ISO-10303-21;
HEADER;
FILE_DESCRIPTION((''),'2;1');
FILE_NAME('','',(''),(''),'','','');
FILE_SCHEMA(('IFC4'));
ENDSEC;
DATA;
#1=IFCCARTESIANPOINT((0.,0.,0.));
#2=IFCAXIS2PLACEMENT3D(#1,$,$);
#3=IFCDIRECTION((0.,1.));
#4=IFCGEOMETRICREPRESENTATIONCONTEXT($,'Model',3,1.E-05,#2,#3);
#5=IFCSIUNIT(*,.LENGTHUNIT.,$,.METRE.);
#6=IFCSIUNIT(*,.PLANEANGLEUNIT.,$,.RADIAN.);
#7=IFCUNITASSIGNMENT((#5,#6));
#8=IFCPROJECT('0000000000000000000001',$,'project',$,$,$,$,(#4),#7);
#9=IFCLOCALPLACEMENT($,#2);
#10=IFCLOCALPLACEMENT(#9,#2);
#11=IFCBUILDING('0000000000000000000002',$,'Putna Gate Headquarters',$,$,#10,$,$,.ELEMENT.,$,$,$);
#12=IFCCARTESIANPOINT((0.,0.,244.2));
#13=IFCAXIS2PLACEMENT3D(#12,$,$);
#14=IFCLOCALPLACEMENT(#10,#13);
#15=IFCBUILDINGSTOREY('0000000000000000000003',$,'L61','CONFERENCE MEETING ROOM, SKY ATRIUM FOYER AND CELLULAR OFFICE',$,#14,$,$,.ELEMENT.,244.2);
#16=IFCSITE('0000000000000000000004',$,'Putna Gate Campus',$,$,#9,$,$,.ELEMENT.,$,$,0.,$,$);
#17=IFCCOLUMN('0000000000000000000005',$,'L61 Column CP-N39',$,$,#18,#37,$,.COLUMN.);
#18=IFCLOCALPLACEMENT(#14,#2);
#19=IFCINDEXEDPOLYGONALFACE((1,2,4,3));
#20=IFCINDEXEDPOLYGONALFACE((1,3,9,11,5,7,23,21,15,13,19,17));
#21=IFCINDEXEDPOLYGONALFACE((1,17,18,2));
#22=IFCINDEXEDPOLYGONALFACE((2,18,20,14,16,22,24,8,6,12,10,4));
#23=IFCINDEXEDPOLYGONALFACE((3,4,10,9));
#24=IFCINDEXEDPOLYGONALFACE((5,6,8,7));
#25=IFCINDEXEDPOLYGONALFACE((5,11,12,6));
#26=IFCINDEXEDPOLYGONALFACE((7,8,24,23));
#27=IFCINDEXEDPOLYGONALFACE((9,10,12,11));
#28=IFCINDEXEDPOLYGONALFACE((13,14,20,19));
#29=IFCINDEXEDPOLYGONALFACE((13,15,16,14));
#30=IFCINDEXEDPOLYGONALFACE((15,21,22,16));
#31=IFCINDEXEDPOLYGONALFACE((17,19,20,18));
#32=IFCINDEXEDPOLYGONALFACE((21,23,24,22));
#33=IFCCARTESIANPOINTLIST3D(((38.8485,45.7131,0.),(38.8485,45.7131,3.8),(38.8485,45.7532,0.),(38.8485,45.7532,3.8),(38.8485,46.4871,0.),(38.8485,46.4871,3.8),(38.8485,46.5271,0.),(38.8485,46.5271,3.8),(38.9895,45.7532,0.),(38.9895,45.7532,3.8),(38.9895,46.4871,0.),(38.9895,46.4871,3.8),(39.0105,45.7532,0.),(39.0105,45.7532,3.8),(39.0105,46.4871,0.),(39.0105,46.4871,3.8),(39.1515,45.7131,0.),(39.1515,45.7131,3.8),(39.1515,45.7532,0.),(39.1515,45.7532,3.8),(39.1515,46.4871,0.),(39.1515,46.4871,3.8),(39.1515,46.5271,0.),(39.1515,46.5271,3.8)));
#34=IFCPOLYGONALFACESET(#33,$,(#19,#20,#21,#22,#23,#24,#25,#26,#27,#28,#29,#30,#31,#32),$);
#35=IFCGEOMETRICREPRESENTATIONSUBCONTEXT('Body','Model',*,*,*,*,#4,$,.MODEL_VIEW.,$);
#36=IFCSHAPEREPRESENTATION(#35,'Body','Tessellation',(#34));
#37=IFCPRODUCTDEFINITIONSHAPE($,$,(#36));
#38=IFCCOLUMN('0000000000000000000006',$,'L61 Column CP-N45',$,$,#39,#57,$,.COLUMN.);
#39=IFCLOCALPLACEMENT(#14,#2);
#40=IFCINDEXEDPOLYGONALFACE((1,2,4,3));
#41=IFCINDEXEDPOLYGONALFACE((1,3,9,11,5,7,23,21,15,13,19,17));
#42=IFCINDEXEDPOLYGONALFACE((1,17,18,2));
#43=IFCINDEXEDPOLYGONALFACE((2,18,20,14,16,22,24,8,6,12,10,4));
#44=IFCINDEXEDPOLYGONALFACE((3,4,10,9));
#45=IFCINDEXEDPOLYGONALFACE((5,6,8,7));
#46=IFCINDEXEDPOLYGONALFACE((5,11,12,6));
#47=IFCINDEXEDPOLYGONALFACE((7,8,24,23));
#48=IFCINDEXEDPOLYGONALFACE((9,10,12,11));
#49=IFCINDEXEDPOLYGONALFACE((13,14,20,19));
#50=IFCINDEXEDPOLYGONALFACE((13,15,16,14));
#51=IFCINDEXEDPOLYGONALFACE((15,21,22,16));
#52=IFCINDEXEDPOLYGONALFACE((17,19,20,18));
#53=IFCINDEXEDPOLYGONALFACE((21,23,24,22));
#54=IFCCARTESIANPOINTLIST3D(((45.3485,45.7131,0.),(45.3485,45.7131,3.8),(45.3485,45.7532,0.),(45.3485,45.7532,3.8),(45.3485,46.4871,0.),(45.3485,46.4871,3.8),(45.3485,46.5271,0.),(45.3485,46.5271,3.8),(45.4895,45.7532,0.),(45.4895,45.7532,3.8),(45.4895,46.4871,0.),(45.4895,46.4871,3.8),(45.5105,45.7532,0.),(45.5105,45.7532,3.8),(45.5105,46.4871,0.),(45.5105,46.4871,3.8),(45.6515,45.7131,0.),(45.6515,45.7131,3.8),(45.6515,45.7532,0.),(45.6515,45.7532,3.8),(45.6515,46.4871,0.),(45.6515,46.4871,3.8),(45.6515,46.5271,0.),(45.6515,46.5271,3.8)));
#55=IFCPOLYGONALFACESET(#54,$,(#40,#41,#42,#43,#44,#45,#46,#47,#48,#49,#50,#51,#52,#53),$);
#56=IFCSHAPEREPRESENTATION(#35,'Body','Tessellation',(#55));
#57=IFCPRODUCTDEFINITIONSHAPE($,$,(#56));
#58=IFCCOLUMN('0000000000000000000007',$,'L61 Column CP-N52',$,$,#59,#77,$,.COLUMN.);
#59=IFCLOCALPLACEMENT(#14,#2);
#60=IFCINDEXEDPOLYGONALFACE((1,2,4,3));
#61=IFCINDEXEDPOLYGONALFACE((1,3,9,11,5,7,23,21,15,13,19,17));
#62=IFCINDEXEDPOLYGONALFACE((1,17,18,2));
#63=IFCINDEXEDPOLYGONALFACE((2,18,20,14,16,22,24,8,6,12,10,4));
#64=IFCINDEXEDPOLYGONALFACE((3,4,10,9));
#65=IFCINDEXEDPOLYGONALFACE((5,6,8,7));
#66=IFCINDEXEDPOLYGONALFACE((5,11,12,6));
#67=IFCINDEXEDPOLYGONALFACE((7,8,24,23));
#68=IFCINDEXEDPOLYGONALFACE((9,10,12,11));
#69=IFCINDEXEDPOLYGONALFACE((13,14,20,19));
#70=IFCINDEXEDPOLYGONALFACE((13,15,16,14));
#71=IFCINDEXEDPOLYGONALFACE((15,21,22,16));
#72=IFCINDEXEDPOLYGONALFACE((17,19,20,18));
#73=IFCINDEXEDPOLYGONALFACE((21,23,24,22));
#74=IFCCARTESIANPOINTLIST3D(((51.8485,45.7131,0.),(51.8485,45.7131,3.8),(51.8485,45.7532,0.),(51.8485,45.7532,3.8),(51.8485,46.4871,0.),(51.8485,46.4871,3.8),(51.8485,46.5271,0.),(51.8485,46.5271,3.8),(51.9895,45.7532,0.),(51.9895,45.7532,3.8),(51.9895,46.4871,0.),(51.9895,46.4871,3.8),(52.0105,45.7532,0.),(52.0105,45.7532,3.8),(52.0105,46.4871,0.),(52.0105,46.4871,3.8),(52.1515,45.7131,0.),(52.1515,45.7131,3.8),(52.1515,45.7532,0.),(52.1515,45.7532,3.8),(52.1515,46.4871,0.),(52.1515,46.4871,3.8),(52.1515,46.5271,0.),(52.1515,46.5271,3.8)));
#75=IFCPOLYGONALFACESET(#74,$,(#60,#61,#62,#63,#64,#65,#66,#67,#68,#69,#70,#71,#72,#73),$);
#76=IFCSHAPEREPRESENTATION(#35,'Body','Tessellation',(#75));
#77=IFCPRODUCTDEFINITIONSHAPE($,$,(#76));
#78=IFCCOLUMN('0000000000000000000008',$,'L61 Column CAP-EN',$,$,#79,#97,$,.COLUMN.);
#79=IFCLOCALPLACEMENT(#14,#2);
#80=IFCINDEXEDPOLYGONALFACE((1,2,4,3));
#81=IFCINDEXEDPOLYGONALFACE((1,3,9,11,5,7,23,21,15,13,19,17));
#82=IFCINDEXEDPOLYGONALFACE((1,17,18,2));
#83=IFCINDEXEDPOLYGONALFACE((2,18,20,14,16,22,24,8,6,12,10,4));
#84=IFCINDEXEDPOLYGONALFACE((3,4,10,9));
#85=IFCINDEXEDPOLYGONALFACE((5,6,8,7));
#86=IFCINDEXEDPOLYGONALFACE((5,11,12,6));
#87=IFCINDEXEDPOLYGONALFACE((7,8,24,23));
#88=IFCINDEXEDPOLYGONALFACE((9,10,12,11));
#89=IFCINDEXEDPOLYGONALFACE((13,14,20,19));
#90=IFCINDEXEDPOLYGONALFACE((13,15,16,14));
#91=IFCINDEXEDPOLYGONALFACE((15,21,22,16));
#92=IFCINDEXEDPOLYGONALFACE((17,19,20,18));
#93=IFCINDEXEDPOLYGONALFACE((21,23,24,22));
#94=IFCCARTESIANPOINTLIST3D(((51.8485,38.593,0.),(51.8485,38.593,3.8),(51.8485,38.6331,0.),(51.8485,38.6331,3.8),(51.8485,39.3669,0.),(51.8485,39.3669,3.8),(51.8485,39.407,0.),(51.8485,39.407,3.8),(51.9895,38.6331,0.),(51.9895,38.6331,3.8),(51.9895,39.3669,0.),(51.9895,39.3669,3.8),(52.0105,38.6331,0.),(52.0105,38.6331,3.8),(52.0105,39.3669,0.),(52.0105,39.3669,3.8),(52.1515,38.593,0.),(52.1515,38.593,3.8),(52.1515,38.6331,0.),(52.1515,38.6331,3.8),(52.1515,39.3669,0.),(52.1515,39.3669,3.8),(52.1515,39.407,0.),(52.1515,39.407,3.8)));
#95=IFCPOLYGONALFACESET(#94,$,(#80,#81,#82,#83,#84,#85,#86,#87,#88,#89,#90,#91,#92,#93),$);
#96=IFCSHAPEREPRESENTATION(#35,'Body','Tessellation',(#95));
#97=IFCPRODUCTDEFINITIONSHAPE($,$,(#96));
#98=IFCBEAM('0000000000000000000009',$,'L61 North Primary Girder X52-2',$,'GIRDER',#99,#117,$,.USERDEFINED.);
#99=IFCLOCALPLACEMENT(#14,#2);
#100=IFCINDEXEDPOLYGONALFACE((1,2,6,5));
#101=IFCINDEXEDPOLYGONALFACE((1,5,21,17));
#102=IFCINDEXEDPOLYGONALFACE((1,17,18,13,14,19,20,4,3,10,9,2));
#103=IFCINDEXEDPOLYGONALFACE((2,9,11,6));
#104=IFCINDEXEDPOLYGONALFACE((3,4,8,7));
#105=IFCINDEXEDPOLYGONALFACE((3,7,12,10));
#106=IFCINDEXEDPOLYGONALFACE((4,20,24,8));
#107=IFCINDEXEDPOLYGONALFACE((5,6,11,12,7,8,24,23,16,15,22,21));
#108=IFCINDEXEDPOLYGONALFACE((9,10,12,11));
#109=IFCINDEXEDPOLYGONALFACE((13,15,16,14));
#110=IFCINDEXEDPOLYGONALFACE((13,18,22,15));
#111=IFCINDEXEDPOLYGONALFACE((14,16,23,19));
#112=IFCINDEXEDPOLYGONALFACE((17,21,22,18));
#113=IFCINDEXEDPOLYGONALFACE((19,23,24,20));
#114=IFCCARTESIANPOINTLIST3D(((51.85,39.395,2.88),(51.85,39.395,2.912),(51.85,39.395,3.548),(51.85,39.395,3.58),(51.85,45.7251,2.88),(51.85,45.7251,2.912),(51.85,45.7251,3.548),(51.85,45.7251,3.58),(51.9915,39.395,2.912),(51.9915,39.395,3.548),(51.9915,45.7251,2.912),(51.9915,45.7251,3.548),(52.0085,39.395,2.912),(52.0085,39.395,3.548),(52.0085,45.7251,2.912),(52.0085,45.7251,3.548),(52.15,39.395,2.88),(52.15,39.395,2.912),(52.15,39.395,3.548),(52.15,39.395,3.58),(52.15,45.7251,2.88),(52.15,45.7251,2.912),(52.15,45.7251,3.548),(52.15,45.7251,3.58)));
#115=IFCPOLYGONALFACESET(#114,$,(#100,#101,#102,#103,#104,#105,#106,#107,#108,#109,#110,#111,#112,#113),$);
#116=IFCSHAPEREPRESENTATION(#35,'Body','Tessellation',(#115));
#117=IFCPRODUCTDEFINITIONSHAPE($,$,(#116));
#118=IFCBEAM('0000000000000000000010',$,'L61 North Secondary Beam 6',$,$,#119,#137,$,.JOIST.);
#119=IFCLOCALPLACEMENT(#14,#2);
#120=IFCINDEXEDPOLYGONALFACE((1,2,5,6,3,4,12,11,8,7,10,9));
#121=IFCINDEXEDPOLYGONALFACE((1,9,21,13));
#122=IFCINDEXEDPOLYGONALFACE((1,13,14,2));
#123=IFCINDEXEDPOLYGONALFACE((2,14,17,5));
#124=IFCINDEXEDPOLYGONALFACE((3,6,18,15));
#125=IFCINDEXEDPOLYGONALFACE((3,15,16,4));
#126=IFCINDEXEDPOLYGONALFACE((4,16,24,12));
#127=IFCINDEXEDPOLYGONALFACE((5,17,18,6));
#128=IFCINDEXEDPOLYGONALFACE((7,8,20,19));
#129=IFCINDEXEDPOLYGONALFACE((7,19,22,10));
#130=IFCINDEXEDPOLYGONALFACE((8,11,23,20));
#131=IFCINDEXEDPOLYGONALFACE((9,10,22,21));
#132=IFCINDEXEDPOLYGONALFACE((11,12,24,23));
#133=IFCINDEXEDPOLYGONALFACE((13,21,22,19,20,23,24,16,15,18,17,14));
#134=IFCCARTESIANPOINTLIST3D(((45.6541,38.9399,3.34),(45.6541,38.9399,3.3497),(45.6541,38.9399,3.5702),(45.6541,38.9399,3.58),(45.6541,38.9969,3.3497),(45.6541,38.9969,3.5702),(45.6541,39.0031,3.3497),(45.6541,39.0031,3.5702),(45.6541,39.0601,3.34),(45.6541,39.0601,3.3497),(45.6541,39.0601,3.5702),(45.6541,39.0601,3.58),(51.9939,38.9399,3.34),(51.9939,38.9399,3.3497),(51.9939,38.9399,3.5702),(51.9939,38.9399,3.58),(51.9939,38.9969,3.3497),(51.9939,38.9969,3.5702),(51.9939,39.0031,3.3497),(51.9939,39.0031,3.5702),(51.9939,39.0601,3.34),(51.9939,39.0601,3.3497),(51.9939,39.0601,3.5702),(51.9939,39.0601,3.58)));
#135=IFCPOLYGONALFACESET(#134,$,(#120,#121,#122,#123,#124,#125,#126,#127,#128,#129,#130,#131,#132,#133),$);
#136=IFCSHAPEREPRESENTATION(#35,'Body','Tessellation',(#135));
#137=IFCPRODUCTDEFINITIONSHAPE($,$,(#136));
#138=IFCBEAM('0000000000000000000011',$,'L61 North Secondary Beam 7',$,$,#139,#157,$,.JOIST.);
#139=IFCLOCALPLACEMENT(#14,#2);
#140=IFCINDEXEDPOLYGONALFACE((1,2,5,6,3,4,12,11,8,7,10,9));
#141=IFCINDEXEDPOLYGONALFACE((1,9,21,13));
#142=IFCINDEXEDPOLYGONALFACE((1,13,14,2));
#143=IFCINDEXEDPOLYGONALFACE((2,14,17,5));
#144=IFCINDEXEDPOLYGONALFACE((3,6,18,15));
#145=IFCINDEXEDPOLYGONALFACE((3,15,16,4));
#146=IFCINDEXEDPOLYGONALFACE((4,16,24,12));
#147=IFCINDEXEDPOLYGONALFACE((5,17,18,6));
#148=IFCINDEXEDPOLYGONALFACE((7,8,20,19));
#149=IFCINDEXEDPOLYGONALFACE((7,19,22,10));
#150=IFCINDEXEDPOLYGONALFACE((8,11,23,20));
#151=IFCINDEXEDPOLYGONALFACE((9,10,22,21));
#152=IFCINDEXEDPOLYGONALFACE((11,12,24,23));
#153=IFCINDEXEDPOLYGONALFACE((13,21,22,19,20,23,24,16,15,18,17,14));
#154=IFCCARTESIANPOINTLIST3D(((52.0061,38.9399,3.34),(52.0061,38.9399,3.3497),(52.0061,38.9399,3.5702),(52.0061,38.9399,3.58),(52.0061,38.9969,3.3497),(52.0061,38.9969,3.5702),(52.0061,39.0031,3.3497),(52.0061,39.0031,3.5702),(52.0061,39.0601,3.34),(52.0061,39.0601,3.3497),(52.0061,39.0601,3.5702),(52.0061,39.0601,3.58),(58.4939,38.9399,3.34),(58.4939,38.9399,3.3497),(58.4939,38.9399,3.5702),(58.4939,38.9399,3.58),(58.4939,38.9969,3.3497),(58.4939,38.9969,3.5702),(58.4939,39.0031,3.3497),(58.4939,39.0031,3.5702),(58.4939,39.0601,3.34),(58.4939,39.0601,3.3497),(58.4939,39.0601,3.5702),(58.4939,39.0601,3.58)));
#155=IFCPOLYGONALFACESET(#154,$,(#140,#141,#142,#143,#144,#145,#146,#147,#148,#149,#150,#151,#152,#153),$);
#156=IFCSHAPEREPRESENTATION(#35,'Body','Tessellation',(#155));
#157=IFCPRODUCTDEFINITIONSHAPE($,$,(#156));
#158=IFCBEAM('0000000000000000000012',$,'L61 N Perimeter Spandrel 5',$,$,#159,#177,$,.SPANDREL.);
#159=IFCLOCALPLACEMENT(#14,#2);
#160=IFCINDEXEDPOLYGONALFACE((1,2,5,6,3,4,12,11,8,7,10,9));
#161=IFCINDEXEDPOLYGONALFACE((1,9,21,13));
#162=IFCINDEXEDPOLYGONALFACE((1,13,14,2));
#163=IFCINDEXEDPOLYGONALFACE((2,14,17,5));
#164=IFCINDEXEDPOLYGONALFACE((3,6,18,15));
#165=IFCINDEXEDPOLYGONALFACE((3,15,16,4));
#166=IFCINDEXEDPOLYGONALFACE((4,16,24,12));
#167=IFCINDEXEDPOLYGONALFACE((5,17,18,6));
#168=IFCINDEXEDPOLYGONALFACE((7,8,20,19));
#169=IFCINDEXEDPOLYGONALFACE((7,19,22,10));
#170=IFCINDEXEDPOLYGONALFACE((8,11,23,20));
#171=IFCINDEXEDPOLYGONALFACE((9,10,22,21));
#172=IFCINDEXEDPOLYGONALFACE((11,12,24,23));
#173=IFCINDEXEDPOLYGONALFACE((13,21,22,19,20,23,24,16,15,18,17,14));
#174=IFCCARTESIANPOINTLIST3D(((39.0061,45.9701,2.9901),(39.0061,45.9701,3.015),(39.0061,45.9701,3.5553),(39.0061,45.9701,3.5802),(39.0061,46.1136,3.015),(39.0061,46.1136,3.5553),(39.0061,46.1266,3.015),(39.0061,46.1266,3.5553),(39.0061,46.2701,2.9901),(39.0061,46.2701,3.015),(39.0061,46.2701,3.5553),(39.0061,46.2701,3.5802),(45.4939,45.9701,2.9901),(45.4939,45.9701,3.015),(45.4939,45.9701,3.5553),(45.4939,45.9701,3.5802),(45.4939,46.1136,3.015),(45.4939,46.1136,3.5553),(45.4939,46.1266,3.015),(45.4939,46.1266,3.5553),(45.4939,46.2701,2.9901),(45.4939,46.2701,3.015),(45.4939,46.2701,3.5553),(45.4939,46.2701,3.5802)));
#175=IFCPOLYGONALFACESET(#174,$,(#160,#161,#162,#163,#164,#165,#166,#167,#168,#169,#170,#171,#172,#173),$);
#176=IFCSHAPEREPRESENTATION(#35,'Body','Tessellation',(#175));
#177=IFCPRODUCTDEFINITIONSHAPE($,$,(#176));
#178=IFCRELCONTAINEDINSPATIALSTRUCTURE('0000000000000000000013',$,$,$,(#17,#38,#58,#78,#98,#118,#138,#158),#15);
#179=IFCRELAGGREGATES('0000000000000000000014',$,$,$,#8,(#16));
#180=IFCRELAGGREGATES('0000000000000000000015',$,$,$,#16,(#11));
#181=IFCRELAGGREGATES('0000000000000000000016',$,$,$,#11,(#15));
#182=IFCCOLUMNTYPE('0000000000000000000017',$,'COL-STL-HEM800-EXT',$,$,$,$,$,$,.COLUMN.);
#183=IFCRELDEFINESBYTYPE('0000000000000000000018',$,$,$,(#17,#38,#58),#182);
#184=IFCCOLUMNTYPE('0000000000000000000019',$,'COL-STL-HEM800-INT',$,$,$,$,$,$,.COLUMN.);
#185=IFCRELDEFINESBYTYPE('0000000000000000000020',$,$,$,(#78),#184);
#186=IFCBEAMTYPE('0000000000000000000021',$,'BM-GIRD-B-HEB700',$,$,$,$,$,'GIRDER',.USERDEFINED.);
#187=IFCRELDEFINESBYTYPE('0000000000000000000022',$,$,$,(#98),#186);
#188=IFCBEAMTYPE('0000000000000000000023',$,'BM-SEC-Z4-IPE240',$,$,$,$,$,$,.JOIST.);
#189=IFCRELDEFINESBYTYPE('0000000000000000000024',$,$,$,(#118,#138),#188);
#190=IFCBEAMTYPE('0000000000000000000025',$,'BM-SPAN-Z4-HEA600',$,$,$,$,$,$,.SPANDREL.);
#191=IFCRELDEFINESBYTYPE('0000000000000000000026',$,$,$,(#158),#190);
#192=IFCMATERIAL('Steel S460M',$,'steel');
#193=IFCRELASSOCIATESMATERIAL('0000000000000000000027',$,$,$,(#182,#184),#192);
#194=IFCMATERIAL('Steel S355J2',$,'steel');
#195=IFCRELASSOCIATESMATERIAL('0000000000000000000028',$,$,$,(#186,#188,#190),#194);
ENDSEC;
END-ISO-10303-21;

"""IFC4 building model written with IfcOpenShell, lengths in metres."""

from ifc_helpers import new_model, si_unit, direction, frame, origin, origin_2d, place, context, subcontext, project, spatial, i_section, extrude, material, material_profile, profile_set, type_object, element, save


model = new_model("IFC4")

# Units and contexts
model_context = context("Model", 3, precision=1e-05, world=origin(), true_north=direction((0.0, 1.0)))
body_context = subcontext(model_context, "Body", "Model", "MODEL_VIEW")
ifc_project = project(units=[si_unit("LENGTHUNIT", "METRE"), si_unit("PLANEANGLEUNIT", "RADIAN")], contexts=[model_context])

# Site, building, storey
site_placement = place(None, origin())
site = spatial("IfcSite", under=ifc_project, at=site_placement, Name="Putna Gate Campus", CompositionType="ELEMENT", RefElevation=0.0)
building_placement = place(site_placement, origin())
building = spatial("IfcBuilding", under=site, at=building_placement, Name="Putna Gate Headquarters", CompositionType="ELEMENT")
storey_placement = place(building_placement, frame((0.0, 0.0, 244.2)))
storey = spatial("IfcBuildingStorey", under=building, at=storey_placement, Name="L61", Description="CONFERENCE MEETING ROOM, SKY ATRIUM FOYER AND CELLULAR OFFICE", CompositionType="ELEMENT", Elevation=244.2)

# Columns
ifc_material_1 = material(Name="Steel S460M", Category="steel")
ifc_material_profile_1 = material_profile(ifc_material_1, i_section(OverallWidth=0.303, OverallDepth=0.814, WebThickness=0.021, FlangeThickness=0.04, at=origin_2d()), Name="Steel S460M")
ifc_profile_set_1 = profile_set([ifc_material_profile_1], Name="Steel S460M")
column_type_1 = type_object("IfcColumnType", Name="COL-STL-HEM800-EXT", PredefinedType="COLUMN", material=ifc_profile_set_1)
for number, where, z_axis, x_axis, name in (
    (1, (39.0, 46.1201, 0.0), (0.0, 0.0, 1.0), (1.0, 0.0, 0.0), "L61 Column CP-N39"),
    (2, (45.5, 46.1201, 0.0), (0.0, 0.0, 1.0), (1.0, 0.0, 0.0), "L61 Column CP-N45"),
    (3, (52.0, 46.1201, 0.0), (0.0, 0.0, 1.0), (1.0, 0.0, 0.0), "L61 Column CP-N52"),
):
    element("IfcColumn", number, at=place(storey_placement, frame(where, z_axis=z_axis, x_axis=x_axis)), inside=storey, type_object=column_type_1, Name=name, PredefinedType="COLUMN", context=body_context, shape_type="SweptSolid", body=[
        extrude(i_section(OverallWidth=0.303, OverallDepth=0.814, WebThickness=0.021, FlangeThickness=0.04, at=origin_2d()), origin(), (0.0, 0.0, 1.0), 3.8),
    ])
ifc_material_profile_2 = material_profile(ifc_material_1, i_section(OverallWidth=0.303, OverallDepth=0.814, WebThickness=0.021, FlangeThickness=0.04, at=origin_2d()), Name="Steel S460M")
ifc_profile_set_2 = profile_set([ifc_material_profile_2], Name="Steel S460M")
column_type_2 = type_object("IfcColumnType", Name="COL-STL-HEM800-INT", PredefinedType="COLUMN", material=ifc_profile_set_2)
column_placement = place(storey_placement, frame((52.0, 39.0, 0.0), z_axis=(0.0, 0.0, 1.0), x_axis=(1.0, 0.0, 0.0)))
element("IfcColumn", 4, at=column_placement, inside=storey, type_object=column_type_2, Name="L61 Column CAP-EN", PredefinedType="COLUMN", context=body_context, shape_type="SweptSolid", body=[
    extrude(i_section(OverallWidth=0.303, OverallDepth=0.814, WebThickness=0.021, FlangeThickness=0.04, at=origin_2d()), origin(), (0.0, 0.0, 1.0), 3.8),
])

# Beams
ifc_material_2 = material(Name="Steel S355J2", Category="steel")
ifc_material_profile_3 = material_profile(ifc_material_2, i_section(OverallWidth=0.3, OverallDepth=0.7, WebThickness=0.0171, FlangeThickness=0.032, at=origin_2d()), Name="Steel S355J2")
ifc_profile_set_3 = profile_set([ifc_material_profile_3], Name="Steel S355J2")
beam_type_1 = type_object("IfcBeamType", Name="BM-GIRD-B-HEB700", ElementType="GIRDER", PredefinedType="USERDEFINED", material=ifc_profile_set_3)
beam_1_placement = place(storey_placement, frame((52.0, 39.395, 3.23), z_axis=(0.0, 1.0, 0.0), x_axis=(-1.0, 0.0, 0.0)))
element("IfcBeam", 5, at=beam_1_placement, inside=storey, type_object=beam_type_1, Name="L61 North Primary Girder X52-2", ObjectType="GIRDER", PredefinedType="USERDEFINED", context=body_context, shape_type="SweptSolid", body=[
    extrude(i_section(OverallWidth=0.3, OverallDepth=0.7, WebThickness=0.0171, FlangeThickness=0.032, at=origin_2d()), origin(), (0.0, 0.0, 1.0), 6.3301),
])
ifc_material_profile_4 = material_profile(ifc_material_2, i_section(OverallWidth=0.1201, OverallDepth=0.24, WebThickness=0.0061, FlangeThickness=0.0098, at=origin_2d()), Name="Steel S355J2")
ifc_profile_set_4 = profile_set([ifc_material_profile_4], Name="Steel S355J2")
beam_type_2 = type_object("IfcBeamType", Name="BM-SEC-Z4-IPE240", PredefinedType="JOIST", material=ifc_profile_set_4)
beam_2_placement = place(storey_placement, frame((45.6541, 39.0, 3.46), z_axis=(1.0, 0.0, 0.0), x_axis=(0.0, 1.0, 0.0)))
element("IfcBeam", 6, at=beam_2_placement, inside=storey, type_object=beam_type_2, Name="L61 North Secondary Beam 6", PredefinedType="JOIST", context=body_context, shape_type="SweptSolid", body=[
    extrude(i_section(OverallWidth=0.1201, OverallDepth=0.24, WebThickness=0.0061, FlangeThickness=0.0098, at=origin_2d()), origin(), (0.0, 0.0, 1.0), 6.3398),
])
beam_3_placement = place(storey_placement, frame((52.0061, 39.0, 3.46), z_axis=(1.0, 0.0, 0.0), x_axis=(0.0, 1.0, 0.0)))
element("IfcBeam", 7, at=beam_3_placement, inside=storey, type_object=beam_type_2, Name="L61 North Secondary Beam 7", PredefinedType="JOIST", context=body_context, shape_type="SweptSolid", body=[
    extrude(i_section(OverallWidth=0.1201, OverallDepth=0.24, WebThickness=0.0061, FlangeThickness=0.0098, at=origin_2d()), origin(), (0.0, 0.0, 1.0), 6.4878),
])
ifc_material_profile_5 = material_profile(ifc_material_2, i_section(OverallWidth=0.3, OverallDepth=0.5901, WebThickness=0.0129, FlangeThickness=0.0249, at=origin_2d()), Name="Steel S355J2")
ifc_profile_set_5 = profile_set([ifc_material_profile_5], Name="Steel S355J2")
beam_type_3 = type_object("IfcBeamType", Name="BM-SPAN-Z4-HEA600", PredefinedType="SPANDREL", material=ifc_profile_set_5)
for number, where, z_axis, x_axis, name in (
    (8, (39.0061, 46.1201, 3.2852), (1.0, 0.0, 0.0), (0.0, 1.0, 0.0), "L61 N Perimeter Spandrel 5"),
):
    element("IfcBeam", number, at=place(storey_placement, frame(where, z_axis=z_axis, x_axis=x_axis)), inside=storey, type_object=beam_type_3, Name=name, PredefinedType="SPANDREL", context=body_context, shape_type="SweptSolid", body=[
        extrude(i_section(OverallWidth=0.3, OverallDepth=0.5901, WebThickness=0.0129, FlangeThickness=0.0249, at=origin_2d()), origin(), (0.0, 0.0, 1.0), 6.4878),
    ])

save(model, "model.ifc")
